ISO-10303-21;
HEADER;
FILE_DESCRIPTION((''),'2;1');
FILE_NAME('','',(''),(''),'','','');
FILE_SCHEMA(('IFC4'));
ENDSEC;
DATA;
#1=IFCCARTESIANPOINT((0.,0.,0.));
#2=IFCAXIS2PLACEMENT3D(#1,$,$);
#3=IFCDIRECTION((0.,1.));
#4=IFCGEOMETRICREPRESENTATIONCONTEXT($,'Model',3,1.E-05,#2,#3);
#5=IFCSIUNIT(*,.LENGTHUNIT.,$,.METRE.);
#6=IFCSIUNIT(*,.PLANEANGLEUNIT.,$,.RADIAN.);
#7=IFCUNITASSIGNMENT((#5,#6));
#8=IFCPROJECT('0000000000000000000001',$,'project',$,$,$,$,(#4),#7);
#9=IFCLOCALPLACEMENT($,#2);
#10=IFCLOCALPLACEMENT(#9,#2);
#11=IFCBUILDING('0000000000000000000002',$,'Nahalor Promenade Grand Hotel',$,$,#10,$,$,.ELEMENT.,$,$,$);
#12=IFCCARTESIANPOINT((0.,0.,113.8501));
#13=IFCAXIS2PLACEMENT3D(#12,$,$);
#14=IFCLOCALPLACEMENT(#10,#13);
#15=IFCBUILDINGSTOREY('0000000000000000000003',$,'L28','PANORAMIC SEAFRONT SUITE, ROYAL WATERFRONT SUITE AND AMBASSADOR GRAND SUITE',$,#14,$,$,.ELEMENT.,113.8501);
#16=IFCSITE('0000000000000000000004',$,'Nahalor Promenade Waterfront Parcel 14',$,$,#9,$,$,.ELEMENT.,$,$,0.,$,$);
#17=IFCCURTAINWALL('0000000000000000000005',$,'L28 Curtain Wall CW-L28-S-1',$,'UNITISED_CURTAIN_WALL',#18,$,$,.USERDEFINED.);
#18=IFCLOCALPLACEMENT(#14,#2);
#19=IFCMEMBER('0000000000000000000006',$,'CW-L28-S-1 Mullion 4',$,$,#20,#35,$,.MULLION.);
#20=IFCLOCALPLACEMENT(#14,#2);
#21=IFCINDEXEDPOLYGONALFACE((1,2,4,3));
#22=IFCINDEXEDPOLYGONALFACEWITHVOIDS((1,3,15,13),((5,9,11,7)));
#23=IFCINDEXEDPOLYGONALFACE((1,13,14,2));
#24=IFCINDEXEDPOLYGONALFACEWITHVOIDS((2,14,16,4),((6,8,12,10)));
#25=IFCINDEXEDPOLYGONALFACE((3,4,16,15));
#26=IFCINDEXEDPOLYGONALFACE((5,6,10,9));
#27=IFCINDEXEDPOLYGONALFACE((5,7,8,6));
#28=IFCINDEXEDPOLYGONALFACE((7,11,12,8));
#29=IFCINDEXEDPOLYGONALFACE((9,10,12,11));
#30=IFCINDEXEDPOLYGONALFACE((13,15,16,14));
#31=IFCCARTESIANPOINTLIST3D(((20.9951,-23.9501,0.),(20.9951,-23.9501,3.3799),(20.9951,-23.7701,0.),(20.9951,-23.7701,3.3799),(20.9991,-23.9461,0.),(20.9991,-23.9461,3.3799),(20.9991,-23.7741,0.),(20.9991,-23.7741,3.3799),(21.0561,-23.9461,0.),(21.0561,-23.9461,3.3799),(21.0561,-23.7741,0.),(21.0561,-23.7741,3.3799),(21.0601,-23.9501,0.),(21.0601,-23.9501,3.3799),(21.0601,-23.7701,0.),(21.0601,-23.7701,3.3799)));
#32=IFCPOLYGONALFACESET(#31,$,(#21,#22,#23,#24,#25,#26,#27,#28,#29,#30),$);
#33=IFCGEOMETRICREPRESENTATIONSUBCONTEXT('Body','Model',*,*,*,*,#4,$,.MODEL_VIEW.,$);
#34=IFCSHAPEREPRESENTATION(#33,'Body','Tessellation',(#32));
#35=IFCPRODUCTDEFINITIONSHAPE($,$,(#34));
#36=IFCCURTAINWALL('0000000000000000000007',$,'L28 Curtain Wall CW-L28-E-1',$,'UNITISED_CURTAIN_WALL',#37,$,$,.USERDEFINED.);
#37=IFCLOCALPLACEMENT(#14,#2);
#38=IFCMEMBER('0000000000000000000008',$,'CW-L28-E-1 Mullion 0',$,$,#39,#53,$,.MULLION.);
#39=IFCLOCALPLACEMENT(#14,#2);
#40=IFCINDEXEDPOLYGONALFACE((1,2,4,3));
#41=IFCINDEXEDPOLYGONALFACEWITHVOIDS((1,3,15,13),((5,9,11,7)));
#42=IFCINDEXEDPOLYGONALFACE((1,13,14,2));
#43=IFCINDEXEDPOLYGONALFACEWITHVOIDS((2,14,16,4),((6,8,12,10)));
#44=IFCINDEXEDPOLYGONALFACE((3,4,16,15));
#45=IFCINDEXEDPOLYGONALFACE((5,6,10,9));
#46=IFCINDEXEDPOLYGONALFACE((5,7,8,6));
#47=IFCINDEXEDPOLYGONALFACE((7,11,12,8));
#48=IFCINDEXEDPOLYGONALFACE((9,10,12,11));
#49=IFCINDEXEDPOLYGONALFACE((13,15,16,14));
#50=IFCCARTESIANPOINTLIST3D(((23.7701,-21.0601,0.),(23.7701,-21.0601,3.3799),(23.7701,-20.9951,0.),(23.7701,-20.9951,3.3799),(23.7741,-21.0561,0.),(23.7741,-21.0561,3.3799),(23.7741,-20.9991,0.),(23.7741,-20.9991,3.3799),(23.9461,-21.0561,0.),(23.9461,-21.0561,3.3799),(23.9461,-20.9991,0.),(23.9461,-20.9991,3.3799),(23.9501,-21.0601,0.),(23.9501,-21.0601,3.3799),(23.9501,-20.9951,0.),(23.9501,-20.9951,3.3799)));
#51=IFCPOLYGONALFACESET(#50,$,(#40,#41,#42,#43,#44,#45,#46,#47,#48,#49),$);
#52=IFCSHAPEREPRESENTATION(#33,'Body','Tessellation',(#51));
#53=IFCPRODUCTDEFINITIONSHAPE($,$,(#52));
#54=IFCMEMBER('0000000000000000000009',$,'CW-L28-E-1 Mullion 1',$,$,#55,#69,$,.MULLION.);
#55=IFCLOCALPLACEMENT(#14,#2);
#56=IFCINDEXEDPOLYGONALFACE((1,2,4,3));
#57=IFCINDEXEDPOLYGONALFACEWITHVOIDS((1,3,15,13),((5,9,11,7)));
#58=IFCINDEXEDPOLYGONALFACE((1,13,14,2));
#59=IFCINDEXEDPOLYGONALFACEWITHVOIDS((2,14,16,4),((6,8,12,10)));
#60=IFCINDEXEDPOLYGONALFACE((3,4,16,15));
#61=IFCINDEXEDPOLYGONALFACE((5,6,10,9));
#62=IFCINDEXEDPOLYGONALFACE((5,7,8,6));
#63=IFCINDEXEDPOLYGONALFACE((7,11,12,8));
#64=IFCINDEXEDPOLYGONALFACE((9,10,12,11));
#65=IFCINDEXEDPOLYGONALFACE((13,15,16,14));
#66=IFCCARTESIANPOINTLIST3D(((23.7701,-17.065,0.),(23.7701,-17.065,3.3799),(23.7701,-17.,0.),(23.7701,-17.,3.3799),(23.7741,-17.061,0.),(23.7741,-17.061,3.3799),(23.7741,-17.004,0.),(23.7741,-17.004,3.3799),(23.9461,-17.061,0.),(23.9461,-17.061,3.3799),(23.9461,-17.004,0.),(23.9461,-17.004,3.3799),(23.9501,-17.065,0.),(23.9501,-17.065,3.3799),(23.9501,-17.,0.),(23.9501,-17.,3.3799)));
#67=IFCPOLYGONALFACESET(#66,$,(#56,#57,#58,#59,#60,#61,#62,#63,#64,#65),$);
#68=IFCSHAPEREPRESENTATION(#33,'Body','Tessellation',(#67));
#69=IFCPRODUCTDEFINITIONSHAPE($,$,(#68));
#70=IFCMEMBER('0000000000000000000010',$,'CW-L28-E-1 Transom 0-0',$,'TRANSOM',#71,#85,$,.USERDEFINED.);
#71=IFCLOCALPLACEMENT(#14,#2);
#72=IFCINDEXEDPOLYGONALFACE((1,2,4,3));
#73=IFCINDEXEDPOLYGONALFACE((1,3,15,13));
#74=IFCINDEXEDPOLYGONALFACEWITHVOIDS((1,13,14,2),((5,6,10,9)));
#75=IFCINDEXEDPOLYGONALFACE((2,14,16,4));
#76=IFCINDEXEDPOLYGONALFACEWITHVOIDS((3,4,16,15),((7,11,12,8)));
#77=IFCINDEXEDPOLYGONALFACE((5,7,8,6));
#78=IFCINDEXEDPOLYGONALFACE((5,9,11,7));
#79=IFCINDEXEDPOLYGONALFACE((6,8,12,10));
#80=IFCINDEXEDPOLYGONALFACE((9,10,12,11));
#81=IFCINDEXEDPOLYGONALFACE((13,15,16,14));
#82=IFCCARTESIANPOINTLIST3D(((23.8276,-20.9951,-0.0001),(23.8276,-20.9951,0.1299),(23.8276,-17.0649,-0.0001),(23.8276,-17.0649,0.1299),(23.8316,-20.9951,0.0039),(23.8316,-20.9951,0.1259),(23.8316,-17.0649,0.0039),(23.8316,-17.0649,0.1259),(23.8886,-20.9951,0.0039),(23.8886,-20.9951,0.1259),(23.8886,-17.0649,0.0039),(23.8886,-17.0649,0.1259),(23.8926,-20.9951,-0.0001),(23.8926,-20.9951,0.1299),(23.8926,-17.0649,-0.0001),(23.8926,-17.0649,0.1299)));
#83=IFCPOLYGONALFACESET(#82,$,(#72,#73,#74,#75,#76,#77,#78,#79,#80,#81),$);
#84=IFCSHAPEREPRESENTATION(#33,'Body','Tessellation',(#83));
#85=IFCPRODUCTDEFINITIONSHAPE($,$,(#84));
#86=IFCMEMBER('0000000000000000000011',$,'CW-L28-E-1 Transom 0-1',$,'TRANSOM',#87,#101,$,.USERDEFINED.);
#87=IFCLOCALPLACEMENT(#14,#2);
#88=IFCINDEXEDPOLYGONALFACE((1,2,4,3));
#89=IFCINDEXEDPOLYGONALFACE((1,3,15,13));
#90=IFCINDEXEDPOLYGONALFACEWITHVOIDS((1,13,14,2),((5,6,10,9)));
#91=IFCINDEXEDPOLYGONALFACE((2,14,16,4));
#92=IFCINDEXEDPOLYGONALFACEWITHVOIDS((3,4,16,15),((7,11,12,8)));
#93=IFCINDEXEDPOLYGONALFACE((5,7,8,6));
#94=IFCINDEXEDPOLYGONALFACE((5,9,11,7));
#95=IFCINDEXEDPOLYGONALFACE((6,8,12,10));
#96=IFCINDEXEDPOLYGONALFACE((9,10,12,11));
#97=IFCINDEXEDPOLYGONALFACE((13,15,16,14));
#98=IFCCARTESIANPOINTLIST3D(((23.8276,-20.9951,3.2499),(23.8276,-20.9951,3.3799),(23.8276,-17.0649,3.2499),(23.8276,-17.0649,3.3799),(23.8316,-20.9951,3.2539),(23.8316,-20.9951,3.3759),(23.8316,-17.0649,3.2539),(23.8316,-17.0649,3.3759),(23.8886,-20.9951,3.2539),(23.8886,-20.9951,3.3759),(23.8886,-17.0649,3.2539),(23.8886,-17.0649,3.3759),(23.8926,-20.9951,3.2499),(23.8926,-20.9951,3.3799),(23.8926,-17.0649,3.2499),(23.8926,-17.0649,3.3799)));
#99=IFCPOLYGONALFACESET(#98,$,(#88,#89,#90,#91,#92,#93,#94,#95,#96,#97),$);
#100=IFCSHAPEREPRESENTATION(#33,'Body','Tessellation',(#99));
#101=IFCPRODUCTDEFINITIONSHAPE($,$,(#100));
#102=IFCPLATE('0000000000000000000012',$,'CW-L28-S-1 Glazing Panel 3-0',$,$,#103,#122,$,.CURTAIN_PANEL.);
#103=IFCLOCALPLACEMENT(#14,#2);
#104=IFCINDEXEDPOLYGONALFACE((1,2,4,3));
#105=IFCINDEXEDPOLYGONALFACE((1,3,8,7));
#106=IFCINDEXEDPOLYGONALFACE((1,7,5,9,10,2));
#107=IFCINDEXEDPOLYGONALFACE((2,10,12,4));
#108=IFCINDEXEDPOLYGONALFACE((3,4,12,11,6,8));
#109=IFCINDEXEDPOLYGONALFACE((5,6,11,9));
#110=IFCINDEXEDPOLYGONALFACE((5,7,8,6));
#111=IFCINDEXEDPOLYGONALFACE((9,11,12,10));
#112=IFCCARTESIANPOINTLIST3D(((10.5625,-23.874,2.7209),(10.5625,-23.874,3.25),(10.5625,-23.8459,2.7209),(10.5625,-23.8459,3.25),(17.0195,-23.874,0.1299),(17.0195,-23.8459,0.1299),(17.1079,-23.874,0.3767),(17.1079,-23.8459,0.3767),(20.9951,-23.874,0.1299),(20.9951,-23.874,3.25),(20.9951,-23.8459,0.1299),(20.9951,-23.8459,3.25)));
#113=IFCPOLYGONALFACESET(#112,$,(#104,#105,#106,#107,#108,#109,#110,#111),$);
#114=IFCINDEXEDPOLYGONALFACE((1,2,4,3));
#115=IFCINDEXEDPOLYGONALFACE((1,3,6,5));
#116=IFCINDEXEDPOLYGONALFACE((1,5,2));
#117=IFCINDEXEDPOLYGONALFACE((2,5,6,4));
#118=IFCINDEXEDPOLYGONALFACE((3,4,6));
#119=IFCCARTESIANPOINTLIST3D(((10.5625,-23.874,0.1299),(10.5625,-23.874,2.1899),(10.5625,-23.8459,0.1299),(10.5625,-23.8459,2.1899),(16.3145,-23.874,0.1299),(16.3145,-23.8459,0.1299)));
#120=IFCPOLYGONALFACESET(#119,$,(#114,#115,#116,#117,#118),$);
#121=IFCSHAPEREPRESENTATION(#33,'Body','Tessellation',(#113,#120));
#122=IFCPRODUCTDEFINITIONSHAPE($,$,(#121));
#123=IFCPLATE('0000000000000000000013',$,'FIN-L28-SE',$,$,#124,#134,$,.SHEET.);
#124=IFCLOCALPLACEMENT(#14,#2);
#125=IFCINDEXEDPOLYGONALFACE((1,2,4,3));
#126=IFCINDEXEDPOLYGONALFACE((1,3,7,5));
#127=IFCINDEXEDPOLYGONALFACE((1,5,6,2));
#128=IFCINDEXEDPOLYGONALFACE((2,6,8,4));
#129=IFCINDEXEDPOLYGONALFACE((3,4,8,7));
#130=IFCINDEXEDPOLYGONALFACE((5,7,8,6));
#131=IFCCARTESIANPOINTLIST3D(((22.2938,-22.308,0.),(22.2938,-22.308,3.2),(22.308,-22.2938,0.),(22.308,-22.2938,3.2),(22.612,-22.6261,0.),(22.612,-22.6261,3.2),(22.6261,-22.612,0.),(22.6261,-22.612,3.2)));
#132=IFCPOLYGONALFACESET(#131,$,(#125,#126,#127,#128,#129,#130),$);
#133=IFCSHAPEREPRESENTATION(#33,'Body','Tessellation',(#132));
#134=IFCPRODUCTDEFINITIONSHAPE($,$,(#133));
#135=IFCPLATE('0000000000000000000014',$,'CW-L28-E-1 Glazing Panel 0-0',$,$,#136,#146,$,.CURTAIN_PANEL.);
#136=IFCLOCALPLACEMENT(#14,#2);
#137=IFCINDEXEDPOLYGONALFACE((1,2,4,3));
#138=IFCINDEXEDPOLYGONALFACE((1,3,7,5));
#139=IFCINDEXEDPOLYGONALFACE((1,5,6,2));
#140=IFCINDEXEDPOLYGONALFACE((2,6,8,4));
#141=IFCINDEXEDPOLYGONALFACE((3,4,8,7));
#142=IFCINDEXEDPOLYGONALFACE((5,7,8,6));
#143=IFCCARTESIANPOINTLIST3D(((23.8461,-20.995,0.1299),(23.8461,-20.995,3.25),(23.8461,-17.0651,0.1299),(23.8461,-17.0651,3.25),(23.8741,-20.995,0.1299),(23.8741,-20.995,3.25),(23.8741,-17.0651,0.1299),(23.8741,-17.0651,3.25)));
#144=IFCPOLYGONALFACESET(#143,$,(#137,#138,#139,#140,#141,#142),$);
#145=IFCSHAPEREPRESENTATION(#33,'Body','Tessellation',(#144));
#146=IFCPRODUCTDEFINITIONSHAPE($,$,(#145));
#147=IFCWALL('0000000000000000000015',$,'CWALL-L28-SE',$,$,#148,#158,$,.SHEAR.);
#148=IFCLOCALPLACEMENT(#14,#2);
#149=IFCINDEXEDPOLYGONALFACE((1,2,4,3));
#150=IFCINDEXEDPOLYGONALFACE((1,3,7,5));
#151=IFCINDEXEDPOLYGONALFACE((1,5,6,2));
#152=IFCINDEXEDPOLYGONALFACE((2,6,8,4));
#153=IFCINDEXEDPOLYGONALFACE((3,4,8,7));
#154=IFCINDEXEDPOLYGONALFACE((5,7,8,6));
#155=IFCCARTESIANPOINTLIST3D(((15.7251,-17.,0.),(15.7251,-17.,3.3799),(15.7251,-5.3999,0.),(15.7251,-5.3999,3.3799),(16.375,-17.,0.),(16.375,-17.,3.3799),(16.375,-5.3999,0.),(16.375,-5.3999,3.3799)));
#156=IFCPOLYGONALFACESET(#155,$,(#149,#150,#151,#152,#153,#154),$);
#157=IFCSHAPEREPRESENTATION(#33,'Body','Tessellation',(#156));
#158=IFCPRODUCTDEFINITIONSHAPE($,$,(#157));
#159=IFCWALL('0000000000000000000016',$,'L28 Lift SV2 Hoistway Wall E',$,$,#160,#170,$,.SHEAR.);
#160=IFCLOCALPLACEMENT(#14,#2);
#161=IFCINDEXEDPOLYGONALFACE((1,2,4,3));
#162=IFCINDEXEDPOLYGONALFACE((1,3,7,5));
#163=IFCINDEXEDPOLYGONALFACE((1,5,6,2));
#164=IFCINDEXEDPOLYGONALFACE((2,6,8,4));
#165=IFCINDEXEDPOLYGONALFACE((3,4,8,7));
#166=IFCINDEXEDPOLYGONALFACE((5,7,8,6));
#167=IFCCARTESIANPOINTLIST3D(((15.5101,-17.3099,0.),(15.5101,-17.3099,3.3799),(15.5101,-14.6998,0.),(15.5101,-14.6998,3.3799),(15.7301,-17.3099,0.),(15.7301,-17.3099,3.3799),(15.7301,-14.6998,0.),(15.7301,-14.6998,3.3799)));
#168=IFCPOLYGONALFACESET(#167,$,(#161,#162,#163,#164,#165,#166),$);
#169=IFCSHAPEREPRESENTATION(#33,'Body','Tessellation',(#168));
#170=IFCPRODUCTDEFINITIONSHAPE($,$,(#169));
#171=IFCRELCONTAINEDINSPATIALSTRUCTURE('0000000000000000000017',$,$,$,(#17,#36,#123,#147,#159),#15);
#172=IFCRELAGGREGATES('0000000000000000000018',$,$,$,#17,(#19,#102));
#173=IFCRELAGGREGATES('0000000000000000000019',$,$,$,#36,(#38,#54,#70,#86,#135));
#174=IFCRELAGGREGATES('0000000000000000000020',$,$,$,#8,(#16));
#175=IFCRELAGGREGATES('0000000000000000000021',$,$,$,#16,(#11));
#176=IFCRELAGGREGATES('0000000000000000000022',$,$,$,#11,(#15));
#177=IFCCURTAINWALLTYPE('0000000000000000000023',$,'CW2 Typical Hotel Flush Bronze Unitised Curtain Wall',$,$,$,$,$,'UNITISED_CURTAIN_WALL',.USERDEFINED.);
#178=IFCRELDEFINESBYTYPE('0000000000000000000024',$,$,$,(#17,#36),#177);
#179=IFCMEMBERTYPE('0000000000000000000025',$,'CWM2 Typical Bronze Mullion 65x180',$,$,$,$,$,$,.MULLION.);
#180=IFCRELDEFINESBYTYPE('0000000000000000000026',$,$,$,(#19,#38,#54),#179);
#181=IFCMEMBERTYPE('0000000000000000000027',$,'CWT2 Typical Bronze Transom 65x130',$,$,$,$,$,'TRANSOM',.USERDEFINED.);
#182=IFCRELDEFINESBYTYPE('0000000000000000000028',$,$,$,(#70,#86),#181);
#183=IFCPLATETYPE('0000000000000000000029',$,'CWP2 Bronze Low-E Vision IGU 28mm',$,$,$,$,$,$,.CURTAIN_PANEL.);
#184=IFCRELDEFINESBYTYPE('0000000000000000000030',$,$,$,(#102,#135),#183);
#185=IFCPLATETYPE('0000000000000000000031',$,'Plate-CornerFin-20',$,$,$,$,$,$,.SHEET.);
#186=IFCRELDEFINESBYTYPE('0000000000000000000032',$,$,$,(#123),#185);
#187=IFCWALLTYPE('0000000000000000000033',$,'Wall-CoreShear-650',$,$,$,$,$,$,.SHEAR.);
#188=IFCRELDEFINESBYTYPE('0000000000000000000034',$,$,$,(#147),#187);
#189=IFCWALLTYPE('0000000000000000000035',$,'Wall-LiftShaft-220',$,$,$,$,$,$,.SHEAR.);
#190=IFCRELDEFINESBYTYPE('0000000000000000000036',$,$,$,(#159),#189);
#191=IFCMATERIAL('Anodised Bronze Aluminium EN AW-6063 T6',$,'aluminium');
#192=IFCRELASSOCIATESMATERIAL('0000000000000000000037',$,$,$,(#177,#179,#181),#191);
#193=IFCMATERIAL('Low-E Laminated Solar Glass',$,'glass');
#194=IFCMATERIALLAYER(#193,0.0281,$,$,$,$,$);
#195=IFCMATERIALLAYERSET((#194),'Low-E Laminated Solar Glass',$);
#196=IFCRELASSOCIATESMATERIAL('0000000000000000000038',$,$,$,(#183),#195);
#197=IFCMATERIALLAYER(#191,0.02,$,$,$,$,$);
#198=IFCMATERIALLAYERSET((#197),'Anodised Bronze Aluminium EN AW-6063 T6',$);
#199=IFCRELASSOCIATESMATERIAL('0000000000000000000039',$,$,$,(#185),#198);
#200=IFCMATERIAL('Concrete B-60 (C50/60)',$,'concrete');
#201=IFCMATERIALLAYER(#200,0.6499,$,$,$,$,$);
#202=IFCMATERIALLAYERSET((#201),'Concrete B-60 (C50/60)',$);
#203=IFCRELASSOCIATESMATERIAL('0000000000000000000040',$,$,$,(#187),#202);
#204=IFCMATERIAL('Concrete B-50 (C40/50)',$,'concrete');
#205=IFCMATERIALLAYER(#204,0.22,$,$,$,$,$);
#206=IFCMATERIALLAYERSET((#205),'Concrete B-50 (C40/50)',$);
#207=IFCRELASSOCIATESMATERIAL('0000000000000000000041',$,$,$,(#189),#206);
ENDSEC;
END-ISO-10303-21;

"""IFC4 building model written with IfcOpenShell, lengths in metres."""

from ifc_helpers import new_model, si_unit, direction, frame, frame_2d, origin, origin_2d, place, context, subcontext, project, spatial, polyline, rectangle, hollow_rectangle, outline, extrude, source, transform, mapped, material, layer, layer_set, material_profile, profile_set, type_object, element, aggregate, save


model = new_model("IFC4")

# Units and contexts
model_context = context("Model", 3, precision=1e-05, world=origin(), true_north=direction((0.0, 1.0)))
body_context = subcontext(model_context, "Body", "Model", "MODEL_VIEW")
ifc_project = project(units=[si_unit("LENGTHUNIT", "METRE"), si_unit("PLANEANGLEUNIT", "RADIAN")], contexts=[model_context])

# Site, building, storey
site_placement = place(None, origin())
site = spatial("IfcSite", under=ifc_project, at=site_placement, Name="Nahalor Promenade Waterfront Parcel 14", CompositionType="ELEMENT", RefElevation=0.0)
building_placement = place(site_placement, origin())
building = spatial("IfcBuilding", under=site, at=building_placement, Name="Nahalor Promenade Grand Hotel", CompositionType="ELEMENT")
storey_placement = place(building_placement, frame((0.0, 0.0, 113.8501)))
storey = spatial("IfcBuildingStorey", under=building, at=storey_placement, Name="L28", Description="PANORAMIC SEAFRONT SUITE, ROYAL WATERFRONT SUITE AND AMBASSADOR GRAND SUITE", CompositionType="ELEMENT", Elevation=113.8501)

# Shared definitions
ifc_material_1 = material(Name="Concrete B-60 (C50/60)", Category="concrete")

# Curtain wall, member
ifc_material_2 = material(Name="Anodised Bronze Aluminium EN AW-6063 T6", Category="aluminium")
curtain_wall_type = type_object("IfcCurtainWallType", Name="CW2 Typical Hotel Flush Bronze Unitised Curtain Wall", ElementType="UNITISED_CURTAIN_WALL", PredefinedType="USERDEFINED", material=ifc_material_2)
curtain_wall_1_placement = place(storey_placement, origin())
curtain_wall_1 = element("IfcCurtainWall", 1, at=curtain_wall_1_placement, inside=storey, type_object=curtain_wall_type, Name="L28 Curtain Wall CW-L28-S-1", ObjectType="UNITISED_CURTAIN_WALL", PredefinedType="USERDEFINED")
ifc_material_profile_1 = material_profile(ifc_material_2, hollow_rectangle(XDim=0.065, YDim=0.18, WallThickness=0.004, at=origin_2d()), Name="CWM 65x180x4")
ifc_profile_set_1 = profile_set([ifc_material_profile_1], Name="Anodised Bronze Aluminium EN AW-6063 T6")
member_type_1 = type_object("IfcMemberType", Name="CWM2 Typical Bronze Mullion 65x180", PredefinedType="MULLION", material=ifc_profile_set_1)
shared_shape_1 = source(origin(), body_context, "Body", "SweptSolid", [
    extrude(hollow_rectangle(XDim=0.065, YDim=0.18, WallThickness=0.004, at=origin_2d()), origin(), (0.0, 0.0, 1.0), 3.3799),
])
member_1_placement = place(storey_placement, frame((21.0276, -23.8601, 0.0), z_axis=(0.0, 0.0, 1.0), x_axis=(1.0, 0.0, 0.0)))
member_1 = element("IfcMember", 2, at=member_1_placement, type_object=member_type_1, Name="CW-L28-S-1 Mullion 4", PredefinedType="MULLION", context=body_context, shape_type="MappedRepresentation", body=[
    mapped(shared_shape_1, transform((0.0, 0.0, 0.0), scale=1.0)),
])

# Curtain wall, members
curtain_wall_2_placement = place(storey_placement, origin())
curtain_wall_2 = element("IfcCurtainWall", 3, at=curtain_wall_2_placement, inside=storey, type_object=curtain_wall_type, Name="L28 Curtain Wall CW-L28-E-1", ObjectType="UNITISED_CURTAIN_WALL", PredefinedType="USERDEFINED")
member_2_placement = place(storey_placement, frame((23.8601, -21.0276, 0.0), z_axis=(0.0, 0.0, 1.0), x_axis=(0.0, 1.0, 0.0)))
member_2 = element("IfcMember", 4, at=member_2_placement, type_object=member_type_1, Name="CW-L28-E-1 Mullion 0", PredefinedType="MULLION", context=body_context, shape_type="MappedRepresentation", body=[
    mapped(shared_shape_1, transform((0.0, 0.0, 0.0), scale=1.0)),
])
member_3_placement = place(storey_placement, frame((23.8601, -17.0325, 0.0), z_axis=(0.0, 0.0, 1.0), x_axis=(0.0, 1.0, 0.0)))
member_3 = element("IfcMember", 5, at=member_3_placement, type_object=member_type_1, Name="CW-L28-E-1 Mullion 1", PredefinedType="MULLION", context=body_context, shape_type="MappedRepresentation", body=[
    mapped(shared_shape_1, transform((0.0, 0.0, 0.0), scale=1.0)),
])
ifc_material_profile_2 = material_profile(ifc_material_2, hollow_rectangle(XDim=0.065, YDim=0.13, WallThickness=0.004, at=origin_2d()), Name="CWT 65x130x4")
ifc_profile_set_2 = profile_set([ifc_material_profile_2], Name="Anodised Bronze Aluminium EN AW-6063 T6")
member_type_2 = type_object("IfcMemberType", Name="CWT2 Typical Bronze Transom 65x130", ElementType="TRANSOM", PredefinedType="USERDEFINED", material=ifc_profile_set_2)
shared_shape_2 = source(origin(), body_context, "Body", "SweptSolid", [
    extrude(hollow_rectangle(XDim=0.065, YDim=0.13, WallThickness=0.004, at=origin_2d()), origin(), (0.0, 0.0, 1.0), 3.9302),
])
member_4_placement = place(storey_placement, frame((23.8601, -20.9951, 0.0649), z_axis=(0.0, 1.0, 0.0), x_axis=(-1.0, 0.0, 0.0)))
member_4 = element("IfcMember", 6, at=member_4_placement, type_object=member_type_2, Name="CW-L28-E-1 Transom 0-0", ObjectType="TRANSOM", PredefinedType="USERDEFINED", context=body_context, shape_type="MappedRepresentation", body=[
    mapped(shared_shape_2, transform((0.0, 0.0, 0.0), scale=1.0)),
])
member_5_placement = place(storey_placement, frame((23.8601, -20.9951, 3.3149), z_axis=(0.0, 1.0, 0.0), x_axis=(-1.0, 0.0, 0.0)))
member_5 = element("IfcMember", 7, at=member_5_placement, type_object=member_type_2, Name="CW-L28-E-1 Transom 0-1", ObjectType="TRANSOM", PredefinedType="USERDEFINED", context=body_context, shape_type="MappedRepresentation", body=[
    mapped(shared_shape_2, transform((0.0, 0.0, 0.0), scale=1.0)),
])

# Plates
ifc_material_3 = material(Name="Low-E Laminated Solar Glass", Category="glass")
ifc_layer_1 = layer(ifc_material_3, 0.0281)
ifc_layer_set_1 = layer_set([ifc_layer_1], Name="Low-E Laminated Solar Glass")
plate_type_1 = type_object("IfcPlateType", Name="CWP2 Bronze Low-E Vision IGU 28mm", PredefinedType="CURTAIN_PANEL", material=ifc_layer_set_1)
plate_1_placement = place(storey_placement, frame((15.7788, -23.8601, 0.1299), z_axis=(0.0, 0.0, 1.0), x_axis=(1.0, 0.0, 0.0)))
plate_1 = element("IfcPlate", 8, at=plate_1_placement, type_object=plate_type_1, Name="CW-L28-S-1 Glazing Panel 3-0", PredefinedType="CURTAIN_PANEL", context=body_context, shape_type="SweptSolid", body=[
    extrude(outline(polyline([(5.2163, 3.1201), (-5.2163, 3.1201), (-5.2163, 2.5911), (1.3291, 0.2468), (1.2407, 0.0), (5.2163, 0.0), (5.2163, 3.1201)])), frame((0.0, 0.0142, 0.0), z_axis=(0.0, -1.0, 0.0), x_axis=(1.0, 0.0, 0.0)), (0.0, 0.0, 1.0), 0.0281),
    extrude(outline(polyline([(-5.2163, 2.0601), (-5.2163, 0.0), (0.5356, 0.0), (-5.2163, 2.0601)])), frame((0.0, 0.0142, 0.0), z_axis=(0.0, -1.0, 0.0), x_axis=(1.0, 0.0, 0.0)), (0.0, 0.0, 1.0), 0.0281),
])
aggregate(curtain_wall_1, [member_1, plate_1])
ifc_layer_2 = layer(ifc_material_2, 0.02)
ifc_layer_set_2 = layer_set([ifc_layer_2], Name="Anodised Bronze Aluminium EN AW-6063 T6")
plate_type_2 = type_object("IfcPlateType", Name="Plate-CornerFin-20", PredefinedType="SHEET", material=ifc_layer_set_2)
shared_shape_3 = source(origin(), body_context, "Body", "SweptSolid", [
    extrude(rectangle(XDim=0.45, YDim=0.02, at=origin_2d()), origin(), (0.0, 0.0, 1.0), 3.2),
])
plate_2_placement = place(storey_placement, frame((22.46, -22.46, 0.0), z_axis=(0.0, 0.0, 1.0), x_axis=(-0.707107, 0.707107, 0.0)))
element("IfcPlate", 9, at=plate_2_placement, inside=storey, type_object=plate_type_2, Name="FIN-L28-SE", PredefinedType="SHEET", context=body_context, shape_type="MappedRepresentation", body=[
    mapped(shared_shape_3, transform((0.0, 0.0, 0.0), scale=1.0)),
])
shared_shape_4 = source(origin(), body_context, "Body", "SweptSolid", [
    extrude(rectangle(XDim=3.9299, YDim=0.0281, at=origin_2d()), origin(), (0.0, 0.0, 1.0), 3.1201),
])
plate_3_placement = place(storey_placement, frame((23.8601, -19.03, 0.1299), z_axis=(0.0, 0.0, 1.0), x_axis=(0.0, 1.0, 0.0)))
plate_3 = element("IfcPlate", 10, at=plate_3_placement, type_object=plate_type_1, Name="CW-L28-E-1 Glazing Panel 0-0", PredefinedType="CURTAIN_PANEL", context=body_context, shape_type="MappedRepresentation", body=[
    mapped(shared_shape_4, transform((0.0, 0.0, 0.0), scale=1.0)),
])
aggregate(curtain_wall_2, [member_2, member_3, member_4, member_5, plate_3])

# Walls
ifc_layer_3 = layer(ifc_material_1, 0.6499)
ifc_layer_set_3 = layer_set([ifc_layer_3], Name="Concrete B-60 (C50/60)")
wall_type_1 = type_object("IfcWallType", Name="Wall-CoreShear-650", PredefinedType="SHEAR", material=ifc_layer_set_3)
shared_shape_5 = source(origin(), body_context, "Body", "SweptSolid", [
    extrude(rectangle(XDim=11.6001, YDim=0.6499, at=frame_2d((5.8, 0.0))), origin(), (0.0, 0.0, 1.0), 3.3799),
])
wall_1_placement = place(storey_placement, frame((16.05, -17.0, 0.0), z_axis=(0.0, 0.0, 1.0), x_axis=(0.0, 1.0, 0.0)))
element("IfcWall", 11, at=wall_1_placement, inside=storey, type_object=wall_type_1, Name="CWALL-L28-SE", PredefinedType="SHEAR", context=body_context, shape_type="MappedRepresentation", body=[
    mapped(shared_shape_5, transform((0.0, 0.0, 0.0), scale=1.0)),
])
ifc_material_4 = material(Name="Concrete B-50 (C40/50)", Category="concrete")
ifc_layer_4 = layer(ifc_material_4, 0.22)
ifc_layer_set_4 = layer_set([ifc_layer_4], Name="Concrete B-50 (C40/50)")
wall_type_2 = type_object("IfcWallType", Name="Wall-LiftShaft-220", PredefinedType="SHEAR", material=ifc_layer_set_4)
shared_shape_6 = source(origin(), body_context, "Body", "SweptSolid", [
    extrude(rectangle(XDim=2.6101, YDim=0.22, at=frame_2d((1.3052, 0.0))), origin(), (0.0, 0.0, 1.0), 3.3799),
])
wall_2_placement = place(storey_placement, frame((15.6201, -17.3101, 0.0), z_axis=(0.0, 0.0, 1.0), x_axis=(0.0, 1.0, 0.0)))
element("IfcWall", 12, at=wall_2_placement, inside=storey, type_object=wall_type_2, Name="L28 Lift SV2 Hoistway Wall E", PredefinedType="SHEAR", context=body_context, shape_type="MappedRepresentation", body=[
    mapped(shared_shape_6, transform((0.0, 0.0, 0.0), scale=1.0)),
])

save(model, "model.ifc")
